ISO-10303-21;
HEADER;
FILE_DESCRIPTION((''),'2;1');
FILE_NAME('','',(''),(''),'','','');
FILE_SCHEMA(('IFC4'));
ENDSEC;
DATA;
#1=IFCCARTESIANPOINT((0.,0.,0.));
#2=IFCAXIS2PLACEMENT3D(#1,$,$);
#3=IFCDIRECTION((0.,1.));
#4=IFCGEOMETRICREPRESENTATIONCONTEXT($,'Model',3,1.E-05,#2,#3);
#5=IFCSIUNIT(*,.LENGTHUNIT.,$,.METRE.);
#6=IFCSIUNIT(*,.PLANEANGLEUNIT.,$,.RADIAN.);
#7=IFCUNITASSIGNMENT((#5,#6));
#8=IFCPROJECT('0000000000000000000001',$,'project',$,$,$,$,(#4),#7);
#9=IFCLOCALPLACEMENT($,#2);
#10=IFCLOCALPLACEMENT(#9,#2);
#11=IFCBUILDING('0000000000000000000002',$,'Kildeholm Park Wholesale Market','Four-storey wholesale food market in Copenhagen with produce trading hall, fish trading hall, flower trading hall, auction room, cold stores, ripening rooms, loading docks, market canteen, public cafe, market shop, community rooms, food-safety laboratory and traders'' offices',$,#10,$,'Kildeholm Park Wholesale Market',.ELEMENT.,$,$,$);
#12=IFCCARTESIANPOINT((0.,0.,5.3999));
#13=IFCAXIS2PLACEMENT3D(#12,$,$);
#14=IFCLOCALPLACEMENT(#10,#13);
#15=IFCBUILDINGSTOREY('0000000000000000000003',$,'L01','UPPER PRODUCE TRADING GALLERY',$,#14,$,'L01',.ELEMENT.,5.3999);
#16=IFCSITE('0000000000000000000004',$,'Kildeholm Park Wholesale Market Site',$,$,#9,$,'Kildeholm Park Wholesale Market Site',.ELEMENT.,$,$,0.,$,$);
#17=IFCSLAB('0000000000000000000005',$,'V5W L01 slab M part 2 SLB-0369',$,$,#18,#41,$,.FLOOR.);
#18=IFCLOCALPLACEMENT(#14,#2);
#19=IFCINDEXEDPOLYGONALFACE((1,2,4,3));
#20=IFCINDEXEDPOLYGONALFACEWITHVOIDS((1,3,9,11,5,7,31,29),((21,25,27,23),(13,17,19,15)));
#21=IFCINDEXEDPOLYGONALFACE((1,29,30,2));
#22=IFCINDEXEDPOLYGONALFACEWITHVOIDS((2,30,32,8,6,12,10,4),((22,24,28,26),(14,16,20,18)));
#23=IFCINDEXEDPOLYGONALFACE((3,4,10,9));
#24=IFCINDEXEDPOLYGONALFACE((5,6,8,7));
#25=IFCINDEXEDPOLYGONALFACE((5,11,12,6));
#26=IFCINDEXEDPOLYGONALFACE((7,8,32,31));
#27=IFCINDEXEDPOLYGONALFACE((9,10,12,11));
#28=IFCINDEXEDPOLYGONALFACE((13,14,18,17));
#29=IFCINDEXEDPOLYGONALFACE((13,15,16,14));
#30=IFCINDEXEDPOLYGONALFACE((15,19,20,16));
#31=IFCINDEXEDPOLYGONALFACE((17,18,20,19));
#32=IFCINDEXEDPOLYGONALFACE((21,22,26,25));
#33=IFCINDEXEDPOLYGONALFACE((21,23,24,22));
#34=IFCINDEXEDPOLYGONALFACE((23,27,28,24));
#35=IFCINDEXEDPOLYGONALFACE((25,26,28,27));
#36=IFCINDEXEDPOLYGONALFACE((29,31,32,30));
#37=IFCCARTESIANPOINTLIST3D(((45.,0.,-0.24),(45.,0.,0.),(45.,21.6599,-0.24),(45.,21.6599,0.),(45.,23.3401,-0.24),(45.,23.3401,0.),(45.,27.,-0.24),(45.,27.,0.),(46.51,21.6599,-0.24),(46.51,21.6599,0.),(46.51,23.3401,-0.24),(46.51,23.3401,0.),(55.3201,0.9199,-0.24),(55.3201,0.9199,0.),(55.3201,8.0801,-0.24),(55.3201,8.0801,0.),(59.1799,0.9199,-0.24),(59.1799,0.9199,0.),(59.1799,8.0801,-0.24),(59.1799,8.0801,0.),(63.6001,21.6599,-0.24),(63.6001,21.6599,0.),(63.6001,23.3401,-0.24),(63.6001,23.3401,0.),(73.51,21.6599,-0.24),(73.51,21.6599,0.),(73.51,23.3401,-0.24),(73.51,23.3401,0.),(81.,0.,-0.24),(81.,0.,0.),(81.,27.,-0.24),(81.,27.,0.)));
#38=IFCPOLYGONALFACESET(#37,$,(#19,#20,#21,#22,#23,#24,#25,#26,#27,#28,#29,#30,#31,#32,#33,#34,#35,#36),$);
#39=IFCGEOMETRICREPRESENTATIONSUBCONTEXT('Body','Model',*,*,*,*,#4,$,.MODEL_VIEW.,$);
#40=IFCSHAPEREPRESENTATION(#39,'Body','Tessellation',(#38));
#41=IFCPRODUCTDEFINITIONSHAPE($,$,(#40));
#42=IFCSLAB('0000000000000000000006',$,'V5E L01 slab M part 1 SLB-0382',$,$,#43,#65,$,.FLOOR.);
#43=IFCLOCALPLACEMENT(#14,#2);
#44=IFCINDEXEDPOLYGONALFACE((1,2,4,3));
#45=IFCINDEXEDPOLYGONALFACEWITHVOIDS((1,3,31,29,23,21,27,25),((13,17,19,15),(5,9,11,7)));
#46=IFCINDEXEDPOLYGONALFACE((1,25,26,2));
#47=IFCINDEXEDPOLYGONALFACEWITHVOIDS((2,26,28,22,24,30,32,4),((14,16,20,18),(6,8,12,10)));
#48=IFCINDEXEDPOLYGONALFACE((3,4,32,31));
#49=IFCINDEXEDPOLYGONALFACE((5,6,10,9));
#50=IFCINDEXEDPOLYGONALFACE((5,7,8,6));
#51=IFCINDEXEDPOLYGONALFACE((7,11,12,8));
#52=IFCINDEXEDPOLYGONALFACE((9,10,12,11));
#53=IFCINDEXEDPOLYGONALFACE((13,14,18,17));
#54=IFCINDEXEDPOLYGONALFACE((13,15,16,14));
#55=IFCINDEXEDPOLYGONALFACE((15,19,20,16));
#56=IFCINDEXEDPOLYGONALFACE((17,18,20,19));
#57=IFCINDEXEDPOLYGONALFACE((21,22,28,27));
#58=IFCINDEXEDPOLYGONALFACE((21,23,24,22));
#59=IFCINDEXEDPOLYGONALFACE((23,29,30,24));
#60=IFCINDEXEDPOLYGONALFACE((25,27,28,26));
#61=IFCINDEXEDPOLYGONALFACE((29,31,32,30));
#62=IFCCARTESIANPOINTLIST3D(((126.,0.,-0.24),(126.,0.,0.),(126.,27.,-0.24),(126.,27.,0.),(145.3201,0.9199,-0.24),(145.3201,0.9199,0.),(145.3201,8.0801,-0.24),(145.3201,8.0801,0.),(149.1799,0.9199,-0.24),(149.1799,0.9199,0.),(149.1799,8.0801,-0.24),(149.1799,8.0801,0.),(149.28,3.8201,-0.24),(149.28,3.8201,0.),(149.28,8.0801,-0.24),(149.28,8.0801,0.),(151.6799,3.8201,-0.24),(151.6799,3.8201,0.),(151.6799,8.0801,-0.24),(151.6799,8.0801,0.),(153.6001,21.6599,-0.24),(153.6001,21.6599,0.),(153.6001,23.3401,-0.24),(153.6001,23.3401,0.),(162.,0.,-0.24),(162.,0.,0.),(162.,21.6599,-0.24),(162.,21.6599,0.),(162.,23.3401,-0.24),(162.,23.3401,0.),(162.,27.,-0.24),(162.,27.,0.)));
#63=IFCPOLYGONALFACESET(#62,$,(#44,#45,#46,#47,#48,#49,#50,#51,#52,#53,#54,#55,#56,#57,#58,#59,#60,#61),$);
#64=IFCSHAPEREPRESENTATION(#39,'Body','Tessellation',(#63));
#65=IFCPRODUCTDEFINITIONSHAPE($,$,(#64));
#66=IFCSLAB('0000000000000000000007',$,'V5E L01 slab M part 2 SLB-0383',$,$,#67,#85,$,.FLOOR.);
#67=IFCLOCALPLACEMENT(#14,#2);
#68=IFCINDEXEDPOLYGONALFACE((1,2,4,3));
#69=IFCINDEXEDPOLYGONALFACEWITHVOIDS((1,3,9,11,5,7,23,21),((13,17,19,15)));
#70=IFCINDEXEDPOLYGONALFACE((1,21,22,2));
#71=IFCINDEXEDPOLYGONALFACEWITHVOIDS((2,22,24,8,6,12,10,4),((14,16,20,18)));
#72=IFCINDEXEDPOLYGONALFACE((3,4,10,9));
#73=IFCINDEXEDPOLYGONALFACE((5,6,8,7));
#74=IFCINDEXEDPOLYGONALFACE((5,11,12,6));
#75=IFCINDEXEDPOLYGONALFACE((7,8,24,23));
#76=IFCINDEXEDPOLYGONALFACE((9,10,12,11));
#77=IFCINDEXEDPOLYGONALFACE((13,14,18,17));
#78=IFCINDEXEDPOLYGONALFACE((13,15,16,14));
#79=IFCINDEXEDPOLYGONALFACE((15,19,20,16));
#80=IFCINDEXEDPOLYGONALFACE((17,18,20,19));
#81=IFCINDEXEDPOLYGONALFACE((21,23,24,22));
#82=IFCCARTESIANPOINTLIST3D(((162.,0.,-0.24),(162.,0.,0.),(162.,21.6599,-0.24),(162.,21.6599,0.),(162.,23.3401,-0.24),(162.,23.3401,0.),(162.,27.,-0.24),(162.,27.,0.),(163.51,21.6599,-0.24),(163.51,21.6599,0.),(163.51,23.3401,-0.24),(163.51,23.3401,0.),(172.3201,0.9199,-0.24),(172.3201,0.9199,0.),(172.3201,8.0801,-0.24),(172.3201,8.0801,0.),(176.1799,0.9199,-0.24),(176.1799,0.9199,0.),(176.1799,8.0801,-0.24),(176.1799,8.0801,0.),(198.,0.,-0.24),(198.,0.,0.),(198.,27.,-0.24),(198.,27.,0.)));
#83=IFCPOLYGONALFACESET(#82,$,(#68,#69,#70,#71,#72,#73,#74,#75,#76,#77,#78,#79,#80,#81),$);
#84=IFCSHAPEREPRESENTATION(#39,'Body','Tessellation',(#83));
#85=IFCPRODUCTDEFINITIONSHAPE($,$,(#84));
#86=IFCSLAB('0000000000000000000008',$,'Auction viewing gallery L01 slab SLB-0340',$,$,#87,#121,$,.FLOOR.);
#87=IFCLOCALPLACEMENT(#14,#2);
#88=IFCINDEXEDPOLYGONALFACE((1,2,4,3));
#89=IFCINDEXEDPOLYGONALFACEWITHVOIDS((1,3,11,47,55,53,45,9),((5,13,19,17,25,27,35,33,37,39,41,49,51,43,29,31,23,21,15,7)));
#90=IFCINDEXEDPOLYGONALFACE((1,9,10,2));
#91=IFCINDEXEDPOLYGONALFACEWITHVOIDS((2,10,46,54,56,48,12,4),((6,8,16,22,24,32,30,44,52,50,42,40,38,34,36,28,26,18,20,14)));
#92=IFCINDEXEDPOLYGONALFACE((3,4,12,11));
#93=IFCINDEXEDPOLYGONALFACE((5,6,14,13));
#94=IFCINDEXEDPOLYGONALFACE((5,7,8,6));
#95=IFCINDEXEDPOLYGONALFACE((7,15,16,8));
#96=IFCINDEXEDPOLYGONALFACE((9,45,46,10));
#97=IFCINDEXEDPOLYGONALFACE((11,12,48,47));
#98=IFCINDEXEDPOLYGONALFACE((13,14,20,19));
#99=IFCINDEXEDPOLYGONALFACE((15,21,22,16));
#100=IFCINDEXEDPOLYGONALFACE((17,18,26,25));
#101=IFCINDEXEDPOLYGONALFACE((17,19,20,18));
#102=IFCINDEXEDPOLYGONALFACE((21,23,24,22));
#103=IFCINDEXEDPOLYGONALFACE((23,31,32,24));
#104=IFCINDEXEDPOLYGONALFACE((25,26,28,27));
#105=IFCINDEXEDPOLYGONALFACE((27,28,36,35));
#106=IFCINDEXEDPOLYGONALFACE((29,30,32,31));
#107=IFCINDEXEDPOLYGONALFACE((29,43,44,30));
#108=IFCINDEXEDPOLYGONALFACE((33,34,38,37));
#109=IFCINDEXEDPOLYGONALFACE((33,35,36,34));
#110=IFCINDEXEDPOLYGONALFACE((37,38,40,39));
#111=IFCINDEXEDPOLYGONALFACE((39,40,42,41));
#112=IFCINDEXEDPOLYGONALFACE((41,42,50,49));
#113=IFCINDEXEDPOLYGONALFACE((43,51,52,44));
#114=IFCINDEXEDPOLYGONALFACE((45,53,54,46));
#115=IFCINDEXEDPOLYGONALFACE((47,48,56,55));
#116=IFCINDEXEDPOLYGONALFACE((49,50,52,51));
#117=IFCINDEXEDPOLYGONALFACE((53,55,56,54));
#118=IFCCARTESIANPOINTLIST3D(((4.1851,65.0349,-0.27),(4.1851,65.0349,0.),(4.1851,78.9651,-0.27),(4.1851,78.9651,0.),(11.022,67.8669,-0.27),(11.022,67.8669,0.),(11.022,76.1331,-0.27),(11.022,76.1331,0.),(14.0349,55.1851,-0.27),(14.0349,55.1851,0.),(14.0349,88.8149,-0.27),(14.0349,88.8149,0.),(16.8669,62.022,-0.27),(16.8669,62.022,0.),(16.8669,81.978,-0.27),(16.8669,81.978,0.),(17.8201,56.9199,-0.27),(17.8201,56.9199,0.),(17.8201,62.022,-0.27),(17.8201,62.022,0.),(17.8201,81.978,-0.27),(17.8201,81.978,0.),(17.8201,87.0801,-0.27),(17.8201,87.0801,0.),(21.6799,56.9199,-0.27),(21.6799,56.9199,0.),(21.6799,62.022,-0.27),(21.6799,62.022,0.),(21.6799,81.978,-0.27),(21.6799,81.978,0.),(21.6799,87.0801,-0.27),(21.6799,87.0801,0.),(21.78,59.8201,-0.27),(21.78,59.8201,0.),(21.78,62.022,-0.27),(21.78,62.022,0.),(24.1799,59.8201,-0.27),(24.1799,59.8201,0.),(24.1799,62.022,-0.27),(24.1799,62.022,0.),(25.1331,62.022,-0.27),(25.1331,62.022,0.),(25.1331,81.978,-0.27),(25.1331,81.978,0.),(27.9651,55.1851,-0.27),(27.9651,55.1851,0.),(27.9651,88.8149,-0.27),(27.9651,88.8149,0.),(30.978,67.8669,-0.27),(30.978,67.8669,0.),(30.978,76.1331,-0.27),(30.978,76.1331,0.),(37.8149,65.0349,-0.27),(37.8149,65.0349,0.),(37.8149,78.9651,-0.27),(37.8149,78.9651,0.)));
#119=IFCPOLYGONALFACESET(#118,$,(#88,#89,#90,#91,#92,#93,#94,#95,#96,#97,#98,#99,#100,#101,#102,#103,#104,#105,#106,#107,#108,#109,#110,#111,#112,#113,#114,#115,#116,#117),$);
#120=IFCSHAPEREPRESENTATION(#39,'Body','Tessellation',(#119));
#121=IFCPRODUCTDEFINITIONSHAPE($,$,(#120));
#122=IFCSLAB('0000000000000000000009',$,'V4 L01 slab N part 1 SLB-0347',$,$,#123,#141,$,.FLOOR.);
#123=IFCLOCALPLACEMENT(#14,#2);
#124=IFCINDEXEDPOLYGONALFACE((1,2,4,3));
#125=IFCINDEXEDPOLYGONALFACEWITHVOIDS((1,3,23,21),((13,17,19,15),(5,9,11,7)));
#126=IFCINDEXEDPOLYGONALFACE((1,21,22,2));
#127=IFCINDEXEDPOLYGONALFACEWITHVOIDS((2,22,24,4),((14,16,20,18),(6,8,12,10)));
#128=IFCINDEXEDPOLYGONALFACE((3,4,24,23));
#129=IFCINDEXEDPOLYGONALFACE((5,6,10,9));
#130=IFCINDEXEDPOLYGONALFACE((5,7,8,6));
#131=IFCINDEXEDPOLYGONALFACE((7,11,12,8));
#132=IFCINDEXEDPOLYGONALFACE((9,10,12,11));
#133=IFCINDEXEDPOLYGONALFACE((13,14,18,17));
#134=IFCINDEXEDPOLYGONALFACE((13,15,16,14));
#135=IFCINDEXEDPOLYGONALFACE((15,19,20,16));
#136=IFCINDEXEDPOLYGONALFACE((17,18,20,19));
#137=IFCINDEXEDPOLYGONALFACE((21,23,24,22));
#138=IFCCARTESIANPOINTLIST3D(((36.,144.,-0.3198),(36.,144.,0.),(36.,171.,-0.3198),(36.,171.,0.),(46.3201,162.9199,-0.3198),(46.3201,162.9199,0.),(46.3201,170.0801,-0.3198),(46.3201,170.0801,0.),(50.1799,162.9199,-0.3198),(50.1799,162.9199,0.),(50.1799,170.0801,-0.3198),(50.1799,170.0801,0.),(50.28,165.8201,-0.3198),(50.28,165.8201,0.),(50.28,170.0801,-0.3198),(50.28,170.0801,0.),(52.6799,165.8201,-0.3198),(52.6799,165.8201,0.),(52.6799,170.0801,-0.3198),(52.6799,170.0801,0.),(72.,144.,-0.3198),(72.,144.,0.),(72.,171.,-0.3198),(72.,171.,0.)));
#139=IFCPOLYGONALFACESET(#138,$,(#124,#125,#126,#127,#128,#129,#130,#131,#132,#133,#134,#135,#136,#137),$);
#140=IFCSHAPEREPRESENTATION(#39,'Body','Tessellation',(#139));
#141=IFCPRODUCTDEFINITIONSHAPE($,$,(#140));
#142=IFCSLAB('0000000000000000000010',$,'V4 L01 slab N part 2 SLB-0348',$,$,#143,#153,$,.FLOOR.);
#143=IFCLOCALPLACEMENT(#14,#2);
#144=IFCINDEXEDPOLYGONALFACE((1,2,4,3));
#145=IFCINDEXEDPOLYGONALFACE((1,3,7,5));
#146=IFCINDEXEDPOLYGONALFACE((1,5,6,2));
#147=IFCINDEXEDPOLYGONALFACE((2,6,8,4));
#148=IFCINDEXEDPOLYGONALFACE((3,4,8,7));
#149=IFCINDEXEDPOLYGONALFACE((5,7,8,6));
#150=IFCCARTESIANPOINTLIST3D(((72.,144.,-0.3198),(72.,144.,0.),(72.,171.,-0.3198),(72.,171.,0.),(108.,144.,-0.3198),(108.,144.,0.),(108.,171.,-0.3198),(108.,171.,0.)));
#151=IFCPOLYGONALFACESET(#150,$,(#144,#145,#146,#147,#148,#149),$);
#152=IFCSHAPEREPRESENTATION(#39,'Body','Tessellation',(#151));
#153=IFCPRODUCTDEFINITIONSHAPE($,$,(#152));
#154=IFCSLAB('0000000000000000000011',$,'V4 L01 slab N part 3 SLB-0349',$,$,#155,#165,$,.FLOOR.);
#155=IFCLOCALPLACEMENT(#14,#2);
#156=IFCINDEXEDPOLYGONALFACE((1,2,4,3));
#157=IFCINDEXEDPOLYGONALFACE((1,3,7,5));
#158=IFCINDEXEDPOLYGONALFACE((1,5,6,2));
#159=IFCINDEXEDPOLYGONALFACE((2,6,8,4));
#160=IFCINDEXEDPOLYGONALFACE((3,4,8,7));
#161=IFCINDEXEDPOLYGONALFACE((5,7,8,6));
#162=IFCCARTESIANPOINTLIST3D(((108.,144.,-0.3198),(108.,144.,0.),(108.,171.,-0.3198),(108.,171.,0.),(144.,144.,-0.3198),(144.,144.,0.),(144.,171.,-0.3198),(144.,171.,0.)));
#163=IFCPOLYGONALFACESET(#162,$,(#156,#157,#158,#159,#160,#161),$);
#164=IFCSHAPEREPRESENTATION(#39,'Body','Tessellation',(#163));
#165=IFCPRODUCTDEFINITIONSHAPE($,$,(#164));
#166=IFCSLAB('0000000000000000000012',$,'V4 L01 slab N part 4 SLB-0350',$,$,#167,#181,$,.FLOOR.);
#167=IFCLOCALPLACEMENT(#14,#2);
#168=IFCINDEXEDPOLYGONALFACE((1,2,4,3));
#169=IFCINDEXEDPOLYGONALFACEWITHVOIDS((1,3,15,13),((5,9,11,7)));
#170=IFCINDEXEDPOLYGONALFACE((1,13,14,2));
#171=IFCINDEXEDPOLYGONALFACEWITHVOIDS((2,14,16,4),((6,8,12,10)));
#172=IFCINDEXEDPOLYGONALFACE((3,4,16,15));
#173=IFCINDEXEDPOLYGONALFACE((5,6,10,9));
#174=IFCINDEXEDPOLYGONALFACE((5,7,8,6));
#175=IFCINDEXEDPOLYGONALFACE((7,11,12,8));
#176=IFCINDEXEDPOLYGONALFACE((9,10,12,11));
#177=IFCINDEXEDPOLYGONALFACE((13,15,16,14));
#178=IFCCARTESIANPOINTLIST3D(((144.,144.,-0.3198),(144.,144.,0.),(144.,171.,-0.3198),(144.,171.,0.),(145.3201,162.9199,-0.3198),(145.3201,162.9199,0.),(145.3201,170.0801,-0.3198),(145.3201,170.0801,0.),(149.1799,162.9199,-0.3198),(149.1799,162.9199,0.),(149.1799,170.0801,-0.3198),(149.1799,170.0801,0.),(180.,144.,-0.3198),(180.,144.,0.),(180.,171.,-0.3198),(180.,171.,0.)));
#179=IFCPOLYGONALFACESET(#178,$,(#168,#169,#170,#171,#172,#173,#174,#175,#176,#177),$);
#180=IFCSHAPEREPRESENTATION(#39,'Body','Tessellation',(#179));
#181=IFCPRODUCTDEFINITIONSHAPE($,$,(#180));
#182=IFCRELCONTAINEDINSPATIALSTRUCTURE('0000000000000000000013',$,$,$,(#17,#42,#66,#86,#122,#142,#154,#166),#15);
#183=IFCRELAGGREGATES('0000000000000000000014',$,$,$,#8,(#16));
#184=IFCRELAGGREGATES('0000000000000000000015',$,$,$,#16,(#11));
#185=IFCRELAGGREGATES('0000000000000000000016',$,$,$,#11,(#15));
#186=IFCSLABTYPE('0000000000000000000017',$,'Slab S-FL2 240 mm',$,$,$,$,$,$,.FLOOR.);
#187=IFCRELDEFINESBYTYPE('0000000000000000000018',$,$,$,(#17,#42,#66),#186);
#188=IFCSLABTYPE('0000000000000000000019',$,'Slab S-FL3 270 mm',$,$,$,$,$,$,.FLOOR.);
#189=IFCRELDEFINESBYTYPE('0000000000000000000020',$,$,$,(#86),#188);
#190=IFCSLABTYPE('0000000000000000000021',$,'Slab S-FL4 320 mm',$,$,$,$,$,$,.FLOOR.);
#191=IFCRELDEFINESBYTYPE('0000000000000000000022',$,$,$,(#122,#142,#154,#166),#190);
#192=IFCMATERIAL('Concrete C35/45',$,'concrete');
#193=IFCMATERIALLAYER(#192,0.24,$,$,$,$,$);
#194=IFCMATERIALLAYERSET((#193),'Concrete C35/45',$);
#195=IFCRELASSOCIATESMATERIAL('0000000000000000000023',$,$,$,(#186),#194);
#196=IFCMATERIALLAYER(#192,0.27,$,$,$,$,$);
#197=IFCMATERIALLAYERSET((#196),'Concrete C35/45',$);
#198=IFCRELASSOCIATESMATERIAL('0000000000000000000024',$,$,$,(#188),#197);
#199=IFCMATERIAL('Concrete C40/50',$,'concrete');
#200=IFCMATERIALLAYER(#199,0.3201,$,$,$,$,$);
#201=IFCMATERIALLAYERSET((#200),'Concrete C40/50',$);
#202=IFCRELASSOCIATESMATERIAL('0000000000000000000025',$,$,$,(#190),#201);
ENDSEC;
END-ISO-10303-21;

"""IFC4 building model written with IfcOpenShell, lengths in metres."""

from ifc_helpers import new_model, si_unit, direction, frame, origin, place, context, subcontext, project, spatial, polyline, outline, extrude, material, layer, layer_set, type_object, element, save


model = new_model("IFC4")

# Units and contexts
model_context = context("Model", 3, precision=1e-05, world=origin(), true_north=direction((0.0, 1.0)))
body_context = subcontext(model_context, "Body", "Model", "MODEL_VIEW")
ifc_project = project(units=[si_unit("LENGTHUNIT", "METRE"), si_unit("PLANEANGLEUNIT", "RADIAN")], contexts=[model_context])

# Site, building, storey
site_placement = place(None, origin())
site = spatial("IfcSite", under=ifc_project, at=site_placement, Name="Kildeholm Park Wholesale Market Site", LongName="Kildeholm Park Wholesale Market Site", CompositionType="ELEMENT", RefElevation=0.0)
building_placement = place(site_placement, origin())
building = spatial("IfcBuilding", under=site, at=building_placement, Name="Kildeholm Park Wholesale Market", Description="Four-storey wholesale food market in Copenhagen with produce trading hall, fish trading hall, flower trading hall, auction room, cold stores, ripening rooms, loading docks, market canteen, public cafe, market shop, community rooms, food-safety laboratory and traders' offices", LongName="Kildeholm Park Wholesale Market", CompositionType="ELEMENT")
storey_placement = place(building_placement, frame((0.0, 0.0, 5.3999)))
storey = spatial("IfcBuildingStorey", under=building, at=storey_placement, Name="L01", Description="UPPER PRODUCE TRADING GALLERY", LongName="L01", CompositionType="ELEMENT", Elevation=5.3999)

# Slabs
ifc_material_1 = material(Name="Concrete C35/45", Category="concrete")
ifc_layer_1 = layer(ifc_material_1, 0.24)
ifc_layer_set_1 = layer_set([ifc_layer_1], Name="Concrete C35/45")
slab_type_1 = type_object("IfcSlabType", Name="Slab S-FL2 240 mm", PredefinedType="FLOOR", material=ifc_layer_set_1)
slab_1_placement = place(storey_placement, frame((0.0, 0.0, -0.24)))
element("IfcSlab", 1, at=slab_1_placement, inside=storey, type_object=slab_type_1, Name="V5W L01 slab M part 2 SLB-0369", PredefinedType="FLOOR", context=body_context, shape_type="SweptSolid", body=[
    extrude(outline(polyline([(45.0, 27.0), (81.0, 27.0), (81.0, 0.0), (45.0, 0.0), (45.0, 21.6599), (46.51, 21.6599), (46.51, 23.3401), (45.0, 23.3401), (45.0, 27.0)]), holes=[polyline([(59.1799, 0.9199), (59.1799, 8.0801), (55.3201, 8.0801), (55.3201, 0.9199), (59.1799, 0.9199)]), polyline([(73.51, 23.3401), (63.6001, 23.3401), (63.6001, 21.6599), (73.51, 21.6599), (73.51, 23.3401)])]), origin(), (0.0, 0.0, 1.0), 0.24),
])
slab_2_placement = place(storey_placement, frame((0.0, 0.0, -0.24)))
element("IfcSlab", 2, at=slab_2_placement, inside=storey, type_object=slab_type_1, Name="V5E L01 slab M part 1 SLB-0382", PredefinedType="FLOOR", context=body_context, shape_type="SweptSolid", body=[
    extrude(outline(polyline([(162.0, 0.0), (126.0, 0.0), (126.0, 27.0), (162.0, 27.0), (162.0, 23.3401), (153.6001, 23.3401), (153.6001, 21.6599), (162.0, 21.6599), (162.0, 0.0)]), holes=[polyline([(149.1799, 8.0801), (145.3201, 8.0801), (145.3201, 0.9199), (149.1799, 0.9199), (149.1799, 8.0801)]), polyline([(151.6799, 3.8201), (151.6799, 8.0801), (149.28, 8.0801), (149.28, 3.8201), (151.6799, 3.8201)])]), origin(), (0.0, 0.0, 1.0), 0.24),
])
slab_3_placement = place(storey_placement, frame((0.0, 0.0, -0.24)))
element("IfcSlab", 3, at=slab_3_placement, inside=storey, type_object=slab_type_1, Name="V5E L01 slab M part 2 SLB-0383", PredefinedType="FLOOR", context=body_context, shape_type="SweptSolid", body=[
    extrude(outline(polyline([(162.0, 27.0), (198.0, 27.0), (198.0, 0.0), (162.0, 0.0), (162.0, 21.6599), (163.51, 21.6599), (163.51, 23.3401), (162.0, 23.3401), (162.0, 27.0)]), holes=[polyline([(176.1799, 0.9199), (176.1799, 8.0801), (172.3201, 8.0801), (172.3201, 0.9199), (176.1799, 0.9199)])]), origin(), (0.0, 0.0, 1.0), 0.24),
])
ifc_layer_2 = layer(ifc_material_1, 0.27)
ifc_layer_set_2 = layer_set([ifc_layer_2], Name="Concrete C35/45")
slab_type_2 = type_object("IfcSlabType", Name="Slab S-FL3 270 mm", PredefinedType="FLOOR", material=ifc_layer_set_2)
slab_4_placement = place(storey_placement, frame((0.0, 0.0, -0.27)))
element("IfcSlab", 4, at=slab_4_placement, inside=storey, type_object=slab_type_2, Name="Auction viewing gallery L01 slab SLB-0340", PredefinedType="FLOOR", context=body_context, shape_type="SweptSolid", body=[
    extrude(outline(polyline([(37.8149, 65.0349), (27.9651, 55.1851), (14.0349, 55.1851), (4.1851, 65.0349), (4.1851, 78.9651), (14.0349, 88.8149), (27.9651, 88.8149), (37.8149, 78.9651), (37.8149, 65.0349)]), holes=[polyline([(17.8201, 56.9199), (21.6799, 56.9199), (21.6799, 62.022), (21.78, 62.022), (21.78, 59.8201), (24.1799, 59.8201), (24.1799, 62.022), (25.1331, 62.022), (30.978, 67.8669), (30.978, 76.1331), (25.1331, 81.978), (21.6799, 81.978), (21.6799, 87.0801), (17.8201, 87.0801), (17.8201, 81.978), (16.8669, 81.978), (11.022, 76.1331), (11.022, 67.8669), (16.8669, 62.022), (17.8201, 62.022), (17.8201, 56.9199)])]), origin(), (0.0, 0.0, 1.0), 0.27),
])
ifc_material_2 = material(Name="Concrete C40/50", Category="concrete")
ifc_layer_3 = layer(ifc_material_2, 0.3201)
ifc_layer_set_3 = layer_set([ifc_layer_3], Name="Concrete C40/50")
slab_type_3 = type_object("IfcSlabType", Name="Slab S-FL4 320 mm", PredefinedType="FLOOR", material=ifc_layer_set_3)
slab_5_placement = place(storey_placement, frame((0.0, 0.0, -0.3198)))
element("IfcSlab", 5, at=slab_5_placement, inside=storey, type_object=slab_type_3, Name="V4 L01 slab N part 1 SLB-0347", PredefinedType="FLOOR", context=body_context, shape_type="SweptSolid", body=[
    extrude(outline(polyline([(36.0, 171.0), (72.0, 171.0), (72.0, 144.0), (36.0, 144.0), (36.0, 171.0)]), holes=[polyline([(50.1799, 162.9199), (50.1799, 170.0801), (46.3201, 170.0801), (46.3201, 162.9199), (50.1799, 162.9199)]), polyline([(52.6799, 165.8201), (52.6799, 170.0801), (50.28, 170.0801), (50.28, 165.8201), (52.6799, 165.8201)])]), origin(), (0.0, 0.0, 1.0), 0.3198),
])
slab_6_placement = place(storey_placement, frame((0.0, 0.0, -0.3198)))
element("IfcSlab", 6, at=slab_6_placement, inside=storey, type_object=slab_type_3, Name="V4 L01 slab N part 2 SLB-0348", PredefinedType="FLOOR", context=body_context, shape_type="SweptSolid", body=[
    extrude(outline(polyline([(72.0, 171.0), (108.0, 171.0), (108.0, 144.0), (72.0, 144.0), (72.0, 171.0)])), origin(), (0.0, 0.0, 1.0), 0.3198),
])
slab_7_placement = place(storey_placement, frame((0.0, 0.0, -0.3198)))
element("IfcSlab", 7, at=slab_7_placement, inside=storey, type_object=slab_type_3, Name="V4 L01 slab N part 3 SLB-0349", PredefinedType="FLOOR", context=body_context, shape_type="SweptSolid", body=[
    extrude(outline(polyline([(108.0, 171.0), (144.0, 171.0), (144.0, 144.0), (108.0, 144.0), (108.0, 171.0)])), origin(), (0.0, 0.0, 1.0), 0.3198),
])
slab_8_placement = place(storey_placement, frame((0.0, 0.0, -0.3198)))
element("IfcSlab", 8, at=slab_8_placement, inside=storey, type_object=slab_type_3, Name="V4 L01 slab N part 4 SLB-0350", PredefinedType="FLOOR", context=body_context, shape_type="SweptSolid", body=[
    extrude(outline(polyline([(144.0, 171.0), (180.0, 171.0), (180.0, 144.0), (144.0, 144.0), (144.0, 171.0)]), holes=[polyline([(149.1799, 162.9199), (149.1799, 170.0801), (145.3201, 170.0801), (145.3201, 162.9199), (149.1799, 162.9199)])]), origin(), (0.0, 0.0, 1.0), 0.3198),
])

save(model, "model.ifc")
